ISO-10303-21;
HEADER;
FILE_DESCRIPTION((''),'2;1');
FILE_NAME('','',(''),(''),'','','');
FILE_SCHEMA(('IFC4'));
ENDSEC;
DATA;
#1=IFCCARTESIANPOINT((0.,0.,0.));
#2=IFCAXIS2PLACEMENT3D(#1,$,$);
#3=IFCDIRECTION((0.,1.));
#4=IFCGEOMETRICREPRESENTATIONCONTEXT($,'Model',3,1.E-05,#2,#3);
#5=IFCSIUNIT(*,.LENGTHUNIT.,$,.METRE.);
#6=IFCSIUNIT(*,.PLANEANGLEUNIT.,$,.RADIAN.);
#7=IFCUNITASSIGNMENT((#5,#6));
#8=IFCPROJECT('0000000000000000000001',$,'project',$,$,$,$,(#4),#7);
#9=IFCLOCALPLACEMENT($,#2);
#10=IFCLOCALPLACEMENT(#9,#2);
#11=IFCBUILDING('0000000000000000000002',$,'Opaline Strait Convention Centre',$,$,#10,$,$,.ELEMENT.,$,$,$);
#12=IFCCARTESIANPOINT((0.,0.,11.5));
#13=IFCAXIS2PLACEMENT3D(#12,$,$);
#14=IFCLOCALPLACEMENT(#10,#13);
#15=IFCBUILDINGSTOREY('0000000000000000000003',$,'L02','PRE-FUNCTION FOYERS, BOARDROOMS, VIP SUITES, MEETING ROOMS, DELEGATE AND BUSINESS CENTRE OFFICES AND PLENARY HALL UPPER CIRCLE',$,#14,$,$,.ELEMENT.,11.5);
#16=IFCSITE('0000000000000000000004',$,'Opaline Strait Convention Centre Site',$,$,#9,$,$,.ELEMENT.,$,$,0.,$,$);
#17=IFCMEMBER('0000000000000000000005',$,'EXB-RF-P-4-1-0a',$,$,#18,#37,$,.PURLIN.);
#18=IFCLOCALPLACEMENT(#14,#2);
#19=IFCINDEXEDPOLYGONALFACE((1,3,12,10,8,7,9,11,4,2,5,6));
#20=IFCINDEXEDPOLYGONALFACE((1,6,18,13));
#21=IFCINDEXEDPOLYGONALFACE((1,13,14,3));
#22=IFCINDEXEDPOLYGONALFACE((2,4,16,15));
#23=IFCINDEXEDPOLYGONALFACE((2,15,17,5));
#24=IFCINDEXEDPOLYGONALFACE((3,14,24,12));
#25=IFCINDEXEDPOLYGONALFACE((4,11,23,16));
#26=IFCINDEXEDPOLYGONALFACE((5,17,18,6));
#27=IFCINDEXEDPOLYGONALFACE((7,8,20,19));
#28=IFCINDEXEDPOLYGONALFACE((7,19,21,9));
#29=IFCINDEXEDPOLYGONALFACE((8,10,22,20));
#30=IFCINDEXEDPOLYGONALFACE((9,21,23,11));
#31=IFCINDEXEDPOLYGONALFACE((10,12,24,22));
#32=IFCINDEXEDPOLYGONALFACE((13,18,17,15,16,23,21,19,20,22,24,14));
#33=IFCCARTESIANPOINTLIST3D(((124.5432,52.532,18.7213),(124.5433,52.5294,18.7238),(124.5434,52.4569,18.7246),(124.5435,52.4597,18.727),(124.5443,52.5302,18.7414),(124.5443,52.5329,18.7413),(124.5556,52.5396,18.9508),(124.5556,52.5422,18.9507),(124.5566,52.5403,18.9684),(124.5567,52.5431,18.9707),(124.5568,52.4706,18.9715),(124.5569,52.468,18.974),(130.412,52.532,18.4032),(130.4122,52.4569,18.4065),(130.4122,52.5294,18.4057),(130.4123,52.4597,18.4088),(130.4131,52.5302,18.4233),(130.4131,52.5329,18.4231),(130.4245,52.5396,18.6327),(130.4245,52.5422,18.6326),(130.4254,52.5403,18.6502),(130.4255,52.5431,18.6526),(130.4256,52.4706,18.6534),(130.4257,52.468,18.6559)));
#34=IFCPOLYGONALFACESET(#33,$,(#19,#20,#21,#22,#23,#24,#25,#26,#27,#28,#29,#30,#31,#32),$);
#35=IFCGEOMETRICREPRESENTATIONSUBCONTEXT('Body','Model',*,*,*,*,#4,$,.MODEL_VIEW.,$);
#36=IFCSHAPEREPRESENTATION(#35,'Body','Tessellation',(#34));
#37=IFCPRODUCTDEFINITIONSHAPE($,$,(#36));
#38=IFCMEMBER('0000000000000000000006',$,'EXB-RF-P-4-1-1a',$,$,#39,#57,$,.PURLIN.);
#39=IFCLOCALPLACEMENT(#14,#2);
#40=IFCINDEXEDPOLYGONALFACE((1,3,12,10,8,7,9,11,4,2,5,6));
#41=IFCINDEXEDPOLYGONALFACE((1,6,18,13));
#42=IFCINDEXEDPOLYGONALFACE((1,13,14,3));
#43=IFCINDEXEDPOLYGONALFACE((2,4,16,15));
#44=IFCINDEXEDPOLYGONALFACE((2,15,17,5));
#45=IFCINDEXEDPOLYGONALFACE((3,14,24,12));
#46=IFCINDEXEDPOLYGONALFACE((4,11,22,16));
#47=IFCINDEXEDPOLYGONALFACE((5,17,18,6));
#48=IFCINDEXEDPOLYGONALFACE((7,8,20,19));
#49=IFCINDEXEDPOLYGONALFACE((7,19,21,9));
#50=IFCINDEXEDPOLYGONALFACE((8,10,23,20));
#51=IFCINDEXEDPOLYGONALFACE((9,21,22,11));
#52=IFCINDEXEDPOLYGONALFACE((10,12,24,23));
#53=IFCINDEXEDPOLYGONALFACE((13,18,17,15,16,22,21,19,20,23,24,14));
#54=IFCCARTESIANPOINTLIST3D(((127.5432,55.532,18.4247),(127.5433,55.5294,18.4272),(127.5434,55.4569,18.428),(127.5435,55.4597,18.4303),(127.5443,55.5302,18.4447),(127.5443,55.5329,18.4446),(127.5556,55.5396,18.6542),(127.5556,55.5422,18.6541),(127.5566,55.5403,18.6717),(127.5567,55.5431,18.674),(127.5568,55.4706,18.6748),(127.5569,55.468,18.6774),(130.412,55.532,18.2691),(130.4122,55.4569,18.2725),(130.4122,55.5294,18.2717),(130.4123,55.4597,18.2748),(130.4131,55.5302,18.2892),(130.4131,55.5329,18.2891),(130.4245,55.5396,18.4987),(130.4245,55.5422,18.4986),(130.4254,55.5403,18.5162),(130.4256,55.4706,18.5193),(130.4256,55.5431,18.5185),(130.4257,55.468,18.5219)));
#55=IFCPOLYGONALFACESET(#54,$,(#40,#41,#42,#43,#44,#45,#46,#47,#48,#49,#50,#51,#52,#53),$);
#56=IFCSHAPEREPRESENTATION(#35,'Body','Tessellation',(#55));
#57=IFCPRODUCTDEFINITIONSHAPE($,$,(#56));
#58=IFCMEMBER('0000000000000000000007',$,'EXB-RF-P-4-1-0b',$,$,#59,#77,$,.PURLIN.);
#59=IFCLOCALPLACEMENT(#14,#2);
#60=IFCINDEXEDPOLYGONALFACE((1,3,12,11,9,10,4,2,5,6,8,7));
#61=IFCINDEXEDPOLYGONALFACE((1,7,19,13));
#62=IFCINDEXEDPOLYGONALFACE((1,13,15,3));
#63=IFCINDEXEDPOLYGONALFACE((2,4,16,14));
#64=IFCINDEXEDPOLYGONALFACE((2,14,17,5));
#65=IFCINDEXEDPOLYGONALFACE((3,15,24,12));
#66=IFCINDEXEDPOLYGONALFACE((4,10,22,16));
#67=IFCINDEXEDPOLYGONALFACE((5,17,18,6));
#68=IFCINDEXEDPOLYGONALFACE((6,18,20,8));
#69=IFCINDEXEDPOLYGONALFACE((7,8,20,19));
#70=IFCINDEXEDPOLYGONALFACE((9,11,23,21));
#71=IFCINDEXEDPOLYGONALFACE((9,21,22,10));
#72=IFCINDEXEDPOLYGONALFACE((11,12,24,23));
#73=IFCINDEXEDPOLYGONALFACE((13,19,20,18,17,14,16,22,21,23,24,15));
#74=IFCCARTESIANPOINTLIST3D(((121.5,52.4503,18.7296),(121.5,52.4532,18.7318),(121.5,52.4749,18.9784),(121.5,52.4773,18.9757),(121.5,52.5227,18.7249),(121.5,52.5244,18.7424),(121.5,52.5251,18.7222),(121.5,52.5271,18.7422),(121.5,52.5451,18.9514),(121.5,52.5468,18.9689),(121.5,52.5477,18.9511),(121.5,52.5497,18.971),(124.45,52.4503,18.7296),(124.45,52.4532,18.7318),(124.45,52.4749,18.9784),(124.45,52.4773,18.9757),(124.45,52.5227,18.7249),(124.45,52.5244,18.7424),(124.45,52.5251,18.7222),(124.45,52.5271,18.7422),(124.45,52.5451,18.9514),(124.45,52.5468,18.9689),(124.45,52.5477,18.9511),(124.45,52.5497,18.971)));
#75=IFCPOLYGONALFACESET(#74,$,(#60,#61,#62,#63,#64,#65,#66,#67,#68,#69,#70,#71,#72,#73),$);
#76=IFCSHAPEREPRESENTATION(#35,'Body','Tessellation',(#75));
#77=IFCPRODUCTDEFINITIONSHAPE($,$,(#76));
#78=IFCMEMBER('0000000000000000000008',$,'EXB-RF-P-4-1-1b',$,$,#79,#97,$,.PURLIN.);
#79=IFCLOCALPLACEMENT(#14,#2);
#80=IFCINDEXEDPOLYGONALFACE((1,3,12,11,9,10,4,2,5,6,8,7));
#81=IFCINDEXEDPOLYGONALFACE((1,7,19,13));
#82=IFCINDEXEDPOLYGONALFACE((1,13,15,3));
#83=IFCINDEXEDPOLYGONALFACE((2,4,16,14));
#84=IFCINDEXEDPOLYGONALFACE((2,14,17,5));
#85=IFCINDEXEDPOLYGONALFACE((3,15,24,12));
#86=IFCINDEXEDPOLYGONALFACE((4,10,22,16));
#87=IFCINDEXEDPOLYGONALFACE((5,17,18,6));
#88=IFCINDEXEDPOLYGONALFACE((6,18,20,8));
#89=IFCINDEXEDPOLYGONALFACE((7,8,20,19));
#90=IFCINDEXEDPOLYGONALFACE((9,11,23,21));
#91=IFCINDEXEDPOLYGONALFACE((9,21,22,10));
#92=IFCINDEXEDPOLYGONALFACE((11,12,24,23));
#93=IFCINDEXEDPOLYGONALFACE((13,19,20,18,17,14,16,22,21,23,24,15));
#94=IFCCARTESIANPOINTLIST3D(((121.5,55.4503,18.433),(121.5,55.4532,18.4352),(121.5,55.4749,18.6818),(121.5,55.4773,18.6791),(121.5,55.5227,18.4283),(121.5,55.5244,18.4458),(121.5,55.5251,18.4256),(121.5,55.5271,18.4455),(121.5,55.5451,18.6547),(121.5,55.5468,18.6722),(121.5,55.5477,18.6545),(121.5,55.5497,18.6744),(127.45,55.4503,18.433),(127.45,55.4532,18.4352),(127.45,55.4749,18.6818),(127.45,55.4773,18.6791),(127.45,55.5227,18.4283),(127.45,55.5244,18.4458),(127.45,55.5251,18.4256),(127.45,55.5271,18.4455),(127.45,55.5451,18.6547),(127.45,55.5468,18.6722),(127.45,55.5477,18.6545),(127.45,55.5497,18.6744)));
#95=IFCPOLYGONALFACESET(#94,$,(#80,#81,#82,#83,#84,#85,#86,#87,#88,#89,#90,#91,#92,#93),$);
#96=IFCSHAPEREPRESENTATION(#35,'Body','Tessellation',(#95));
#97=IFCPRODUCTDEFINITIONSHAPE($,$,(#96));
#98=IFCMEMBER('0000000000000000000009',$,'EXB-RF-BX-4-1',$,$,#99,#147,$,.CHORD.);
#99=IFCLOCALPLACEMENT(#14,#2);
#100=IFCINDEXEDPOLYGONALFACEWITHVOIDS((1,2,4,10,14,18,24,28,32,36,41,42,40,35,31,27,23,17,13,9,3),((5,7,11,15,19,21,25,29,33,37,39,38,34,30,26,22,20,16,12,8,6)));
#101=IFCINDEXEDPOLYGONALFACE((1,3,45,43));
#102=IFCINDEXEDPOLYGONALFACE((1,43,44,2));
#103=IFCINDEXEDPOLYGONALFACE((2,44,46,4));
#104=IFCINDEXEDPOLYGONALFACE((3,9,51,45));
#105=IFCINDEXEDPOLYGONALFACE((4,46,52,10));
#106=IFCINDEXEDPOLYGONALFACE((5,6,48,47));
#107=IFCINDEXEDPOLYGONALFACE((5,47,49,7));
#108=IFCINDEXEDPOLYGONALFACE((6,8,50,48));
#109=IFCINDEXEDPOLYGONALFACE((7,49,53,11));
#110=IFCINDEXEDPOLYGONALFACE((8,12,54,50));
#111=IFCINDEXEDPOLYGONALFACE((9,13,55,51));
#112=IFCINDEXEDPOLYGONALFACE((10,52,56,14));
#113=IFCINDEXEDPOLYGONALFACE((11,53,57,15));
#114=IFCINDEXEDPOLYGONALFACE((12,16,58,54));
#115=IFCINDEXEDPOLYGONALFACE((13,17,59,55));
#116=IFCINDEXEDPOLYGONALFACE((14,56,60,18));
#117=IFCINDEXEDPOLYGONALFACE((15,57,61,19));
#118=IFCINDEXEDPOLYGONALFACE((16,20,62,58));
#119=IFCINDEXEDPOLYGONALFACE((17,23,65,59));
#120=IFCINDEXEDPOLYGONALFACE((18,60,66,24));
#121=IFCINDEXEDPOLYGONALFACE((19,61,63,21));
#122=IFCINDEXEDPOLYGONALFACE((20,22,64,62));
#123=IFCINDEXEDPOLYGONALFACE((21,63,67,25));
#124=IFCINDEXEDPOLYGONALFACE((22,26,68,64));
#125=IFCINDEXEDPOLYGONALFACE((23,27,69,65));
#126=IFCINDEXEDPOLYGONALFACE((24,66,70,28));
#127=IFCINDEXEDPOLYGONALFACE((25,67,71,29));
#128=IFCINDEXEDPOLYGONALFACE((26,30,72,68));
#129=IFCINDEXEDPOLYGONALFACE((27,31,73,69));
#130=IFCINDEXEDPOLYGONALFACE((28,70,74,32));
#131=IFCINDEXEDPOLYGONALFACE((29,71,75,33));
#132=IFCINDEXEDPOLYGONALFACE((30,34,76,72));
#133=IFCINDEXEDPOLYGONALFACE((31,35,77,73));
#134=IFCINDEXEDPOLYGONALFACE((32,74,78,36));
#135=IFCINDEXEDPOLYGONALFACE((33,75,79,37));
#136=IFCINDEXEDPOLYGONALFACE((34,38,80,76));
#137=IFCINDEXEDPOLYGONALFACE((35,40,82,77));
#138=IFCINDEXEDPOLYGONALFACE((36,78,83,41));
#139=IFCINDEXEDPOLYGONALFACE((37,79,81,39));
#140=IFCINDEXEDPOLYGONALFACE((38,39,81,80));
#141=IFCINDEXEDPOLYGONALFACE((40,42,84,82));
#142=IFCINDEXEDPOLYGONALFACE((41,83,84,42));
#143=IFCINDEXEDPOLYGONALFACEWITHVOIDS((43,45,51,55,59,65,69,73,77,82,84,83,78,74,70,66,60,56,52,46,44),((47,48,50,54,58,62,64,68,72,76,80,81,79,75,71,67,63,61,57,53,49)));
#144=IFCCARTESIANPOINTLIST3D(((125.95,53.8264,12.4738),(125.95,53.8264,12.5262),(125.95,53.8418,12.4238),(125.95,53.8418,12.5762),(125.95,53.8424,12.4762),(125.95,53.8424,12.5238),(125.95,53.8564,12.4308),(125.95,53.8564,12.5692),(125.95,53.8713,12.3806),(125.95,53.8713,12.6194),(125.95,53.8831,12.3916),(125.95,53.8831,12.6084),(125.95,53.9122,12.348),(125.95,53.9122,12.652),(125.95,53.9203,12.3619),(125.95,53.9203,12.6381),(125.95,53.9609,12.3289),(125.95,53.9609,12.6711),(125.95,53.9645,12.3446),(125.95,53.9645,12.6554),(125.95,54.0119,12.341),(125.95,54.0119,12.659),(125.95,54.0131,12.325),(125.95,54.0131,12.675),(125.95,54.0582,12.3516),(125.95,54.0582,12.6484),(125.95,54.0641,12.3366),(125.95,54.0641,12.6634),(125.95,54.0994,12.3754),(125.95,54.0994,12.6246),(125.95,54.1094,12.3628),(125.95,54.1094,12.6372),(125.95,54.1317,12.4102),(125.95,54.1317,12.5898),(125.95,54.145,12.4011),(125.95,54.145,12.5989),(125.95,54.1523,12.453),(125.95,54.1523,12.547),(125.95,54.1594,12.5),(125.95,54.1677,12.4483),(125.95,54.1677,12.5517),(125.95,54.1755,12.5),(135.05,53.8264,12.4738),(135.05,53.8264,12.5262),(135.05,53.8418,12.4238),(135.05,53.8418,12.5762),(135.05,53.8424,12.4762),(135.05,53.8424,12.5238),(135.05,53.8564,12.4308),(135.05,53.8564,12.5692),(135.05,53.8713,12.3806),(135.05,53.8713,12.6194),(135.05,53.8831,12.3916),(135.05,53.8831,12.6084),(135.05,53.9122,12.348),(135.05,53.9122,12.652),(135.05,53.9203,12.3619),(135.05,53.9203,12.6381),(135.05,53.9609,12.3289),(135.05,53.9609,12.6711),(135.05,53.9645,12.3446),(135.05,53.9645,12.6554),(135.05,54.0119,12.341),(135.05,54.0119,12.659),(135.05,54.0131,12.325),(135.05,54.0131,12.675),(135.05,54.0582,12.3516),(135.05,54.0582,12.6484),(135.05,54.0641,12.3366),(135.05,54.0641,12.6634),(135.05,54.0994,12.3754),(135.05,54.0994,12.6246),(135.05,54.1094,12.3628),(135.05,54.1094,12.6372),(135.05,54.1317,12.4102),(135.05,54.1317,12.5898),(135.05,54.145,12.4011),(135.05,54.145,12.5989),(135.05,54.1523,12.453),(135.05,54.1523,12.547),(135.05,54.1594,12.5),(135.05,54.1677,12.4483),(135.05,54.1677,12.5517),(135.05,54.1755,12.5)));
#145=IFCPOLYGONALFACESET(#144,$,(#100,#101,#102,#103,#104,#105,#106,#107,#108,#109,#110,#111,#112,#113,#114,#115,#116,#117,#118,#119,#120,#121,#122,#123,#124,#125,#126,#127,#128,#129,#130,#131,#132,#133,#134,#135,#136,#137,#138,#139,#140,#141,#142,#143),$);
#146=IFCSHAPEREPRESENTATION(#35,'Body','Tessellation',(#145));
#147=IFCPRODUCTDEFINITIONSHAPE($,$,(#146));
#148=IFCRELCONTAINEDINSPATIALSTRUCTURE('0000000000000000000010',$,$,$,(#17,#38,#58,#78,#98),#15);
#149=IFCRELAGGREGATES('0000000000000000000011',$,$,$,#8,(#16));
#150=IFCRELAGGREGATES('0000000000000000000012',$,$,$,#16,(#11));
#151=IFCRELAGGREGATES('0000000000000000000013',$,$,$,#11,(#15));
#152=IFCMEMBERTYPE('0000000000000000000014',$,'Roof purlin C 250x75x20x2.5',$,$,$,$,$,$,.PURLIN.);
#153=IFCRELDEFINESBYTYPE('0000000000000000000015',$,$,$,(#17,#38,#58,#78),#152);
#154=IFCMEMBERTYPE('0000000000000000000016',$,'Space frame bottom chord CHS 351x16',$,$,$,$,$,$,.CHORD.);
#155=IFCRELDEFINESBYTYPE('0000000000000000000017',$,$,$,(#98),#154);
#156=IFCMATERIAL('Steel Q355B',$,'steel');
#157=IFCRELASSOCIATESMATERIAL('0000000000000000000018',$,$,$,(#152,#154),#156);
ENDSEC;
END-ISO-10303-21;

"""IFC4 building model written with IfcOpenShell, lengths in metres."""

from ifc_helpers import new_model, si_unit, direction, frame, origin, origin_2d, place, context, subcontext, project, spatial, polyline, hollow_circle, outline, extrude, material, material_profile, profile_set, type_object, element, save


model = new_model("IFC4")

# Units and contexts
model_context = context("Model", 3, precision=1e-05, world=origin(), true_north=direction((0.0, 1.0)))
body_context = subcontext(model_context, "Body", "Model", "MODEL_VIEW")
ifc_project = project(units=[si_unit("LENGTHUNIT", "METRE"), si_unit("PLANEANGLEUNIT", "RADIAN")], contexts=[model_context])

# Site, building, storey
site_placement = place(None, origin())
site = spatial("IfcSite", under=ifc_project, at=site_placement, Name="Opaline Strait Convention Centre Site", CompositionType="ELEMENT", RefElevation=0.0)
building_placement = place(site_placement, origin())
building = spatial("IfcBuilding", under=site, at=building_placement, Name="Opaline Strait Convention Centre", CompositionType="ELEMENT")
storey_placement = place(building_placement, frame((0.0, 0.0, 11.5)))
storey = spatial("IfcBuildingStorey", under=building, at=storey_placement, Name="L02", Description="PRE-FUNCTION FOYERS, BOARDROOMS, VIP SUITES, MEETING ROOMS, DELEGATE AND BUSINESS CENTRE OFFICES AND PLENARY HALL UPPER CIRCLE", CompositionType="ELEMENT", Elevation=11.5)

# Members
ifc_material_1 = material(Name="Steel Q355B", Category="steel")
ifc_material_profile_1 = material_profile(ifc_material_1, outline(polyline([(-0.0376, -0.125), (0.0376, -0.125), (0.0376, -0.105), (0.0349, -0.105), (0.0349, -0.1226), (-0.0349, -0.1226), (-0.0349, 0.1226), (0.0349, 0.1226), (0.0349, 0.105), (0.0376, 0.105), (0.0376, 0.125), (-0.0376, 0.125), (-0.0376, -0.125)])), Name="C 250x75x20x2.5")
ifc_profile_set_1 = profile_set([ifc_material_profile_1], Name="Steel Q355B")
member_type_1 = type_object("IfcMemberType", Name="Roof purlin C 250x75x20x2.5", PredefinedType="PURLIN", material=ifc_profile_set_1)
member_1_placement = place(storey_placement, frame((124.55, 52.5, 18.8477), z_axis=(0.998534, 0.0, -0.054124), x_axis=(-0.002414, 0.999005, -0.044541)))
element("IfcMember", 1, at=member_1_placement, inside=storey, type_object=member_type_1, Name="EXB-RF-P-4-1-0a", PredefinedType="PURLIN", context=body_context, shape_type="SweptSolid", body=[
    extrude(outline(polyline([(-0.0376, -0.125), (0.0376, -0.125), (0.0376, -0.105), (0.0349, -0.105), (0.0349, -0.1226), (-0.0349, -0.1226), (-0.0349, 0.1226), (0.0349, 0.1226), (0.0349, 0.105), (0.0376, 0.105), (0.0376, 0.125), (-0.0376, 0.125), (-0.0376, -0.125)])), origin(), (0.0, 0.0, 1.0), 5.8774),
])
member_2_placement = place(storey_placement, frame((127.55, 55.5, 18.551), z_axis=(0.998534, 0.0, -0.054129), x_axis=(-0.002414, 0.999005, -0.044541)))
element("IfcMember", 2, at=member_2_placement, inside=storey, type_object=member_type_1, Name="EXB-RF-P-4-1-1a", PredefinedType="PURLIN", context=body_context, shape_type="SweptSolid", body=[
    extrude(outline(polyline([(-0.0376, -0.125), (0.0376, -0.125), (0.0376, -0.105), (0.0349, -0.105), (0.0349, -0.1226), (-0.0349, -0.1226), (-0.0349, 0.1226), (0.0349, 0.1226), (0.0349, 0.105), (0.0376, 0.105), (0.0376, 0.125), (-0.0376, 0.125), (-0.0376, -0.125)])), origin(), (0.0, 0.0, 1.0), 2.873),
])
member_3_placement = place(storey_placement, frame((121.5, 52.5, 18.8503), z_axis=(1.0, 0.0, 0.0), x_axis=(0.0, 0.995149, -0.098378)))
element("IfcMember", 3, at=member_3_placement, inside=storey, type_object=member_type_1, Name="EXB-RF-P-4-1-0b", PredefinedType="PURLIN", context=body_context, shape_type="SweptSolid", body=[
    extrude(outline(polyline([(-0.0376, -0.125), (0.0376, -0.125), (0.0376, -0.105), (0.0349, -0.105), (0.0349, -0.1226), (-0.0349, -0.1226), (-0.0349, 0.1226), (0.0349, 0.1226), (0.0349, 0.105), (0.0376, 0.105), (0.0376, 0.125), (-0.0376, 0.125), (-0.0376, -0.125)])), origin(), (0.0, 0.0, 1.0), 2.95),
])
member_4_placement = place(storey_placement, frame((121.5, 55.5, 18.5537), z_axis=(1.0, 0.0, 0.0), x_axis=(0.0, 0.995149, -0.098378)))
element("IfcMember", 4, at=member_4_placement, inside=storey, type_object=member_type_1, Name="EXB-RF-P-4-1-1b", PredefinedType="PURLIN", context=body_context, shape_type="SweptSolid", body=[
    extrude(outline(polyline([(-0.0376, -0.125), (0.0376, -0.125), (0.0376, -0.105), (0.0349, -0.105), (0.0349, -0.1226), (-0.0349, -0.1226), (-0.0349, 0.1226), (0.0349, 0.1226), (0.0349, 0.105), (0.0376, 0.105), (0.0376, 0.125), (-0.0376, 0.125), (-0.0376, -0.125)])), origin(), (0.0, 0.0, 1.0), 5.95),
])
ifc_material_profile_2 = material_profile(ifc_material_1, hollow_circle(Radius=0.1755, WallThickness=0.0161, at=origin_2d()), Name="CHS 351x16")
ifc_profile_set_2 = profile_set([ifc_material_profile_2], Name="Steel Q355B")
member_type_2 = type_object("IfcMemberType", Name="Space frame bottom chord CHS 351x16", PredefinedType="CHORD", material=ifc_profile_set_2)
for number, where, z_axis, x_axis, name in (
    (5, (125.95, 54.0, 12.5), (1.0, 0.0, 0.0), (0.0, 1.0, 0.0), "EXB-RF-BX-4-1"),
):
    element("IfcMember", number, at=place(storey_placement, frame(where, z_axis=z_axis, x_axis=x_axis)), inside=storey, type_object=member_type_2, Name=name, PredefinedType="CHORD", context=body_context, shape_type="SweptSolid", body=[
        extrude(hollow_circle(Radius=0.1755, WallThickness=0.0161, at=origin_2d()), origin(), (0.0, 0.0, 1.0), 9.1001),
    ])

save(model, "model.ifc")
